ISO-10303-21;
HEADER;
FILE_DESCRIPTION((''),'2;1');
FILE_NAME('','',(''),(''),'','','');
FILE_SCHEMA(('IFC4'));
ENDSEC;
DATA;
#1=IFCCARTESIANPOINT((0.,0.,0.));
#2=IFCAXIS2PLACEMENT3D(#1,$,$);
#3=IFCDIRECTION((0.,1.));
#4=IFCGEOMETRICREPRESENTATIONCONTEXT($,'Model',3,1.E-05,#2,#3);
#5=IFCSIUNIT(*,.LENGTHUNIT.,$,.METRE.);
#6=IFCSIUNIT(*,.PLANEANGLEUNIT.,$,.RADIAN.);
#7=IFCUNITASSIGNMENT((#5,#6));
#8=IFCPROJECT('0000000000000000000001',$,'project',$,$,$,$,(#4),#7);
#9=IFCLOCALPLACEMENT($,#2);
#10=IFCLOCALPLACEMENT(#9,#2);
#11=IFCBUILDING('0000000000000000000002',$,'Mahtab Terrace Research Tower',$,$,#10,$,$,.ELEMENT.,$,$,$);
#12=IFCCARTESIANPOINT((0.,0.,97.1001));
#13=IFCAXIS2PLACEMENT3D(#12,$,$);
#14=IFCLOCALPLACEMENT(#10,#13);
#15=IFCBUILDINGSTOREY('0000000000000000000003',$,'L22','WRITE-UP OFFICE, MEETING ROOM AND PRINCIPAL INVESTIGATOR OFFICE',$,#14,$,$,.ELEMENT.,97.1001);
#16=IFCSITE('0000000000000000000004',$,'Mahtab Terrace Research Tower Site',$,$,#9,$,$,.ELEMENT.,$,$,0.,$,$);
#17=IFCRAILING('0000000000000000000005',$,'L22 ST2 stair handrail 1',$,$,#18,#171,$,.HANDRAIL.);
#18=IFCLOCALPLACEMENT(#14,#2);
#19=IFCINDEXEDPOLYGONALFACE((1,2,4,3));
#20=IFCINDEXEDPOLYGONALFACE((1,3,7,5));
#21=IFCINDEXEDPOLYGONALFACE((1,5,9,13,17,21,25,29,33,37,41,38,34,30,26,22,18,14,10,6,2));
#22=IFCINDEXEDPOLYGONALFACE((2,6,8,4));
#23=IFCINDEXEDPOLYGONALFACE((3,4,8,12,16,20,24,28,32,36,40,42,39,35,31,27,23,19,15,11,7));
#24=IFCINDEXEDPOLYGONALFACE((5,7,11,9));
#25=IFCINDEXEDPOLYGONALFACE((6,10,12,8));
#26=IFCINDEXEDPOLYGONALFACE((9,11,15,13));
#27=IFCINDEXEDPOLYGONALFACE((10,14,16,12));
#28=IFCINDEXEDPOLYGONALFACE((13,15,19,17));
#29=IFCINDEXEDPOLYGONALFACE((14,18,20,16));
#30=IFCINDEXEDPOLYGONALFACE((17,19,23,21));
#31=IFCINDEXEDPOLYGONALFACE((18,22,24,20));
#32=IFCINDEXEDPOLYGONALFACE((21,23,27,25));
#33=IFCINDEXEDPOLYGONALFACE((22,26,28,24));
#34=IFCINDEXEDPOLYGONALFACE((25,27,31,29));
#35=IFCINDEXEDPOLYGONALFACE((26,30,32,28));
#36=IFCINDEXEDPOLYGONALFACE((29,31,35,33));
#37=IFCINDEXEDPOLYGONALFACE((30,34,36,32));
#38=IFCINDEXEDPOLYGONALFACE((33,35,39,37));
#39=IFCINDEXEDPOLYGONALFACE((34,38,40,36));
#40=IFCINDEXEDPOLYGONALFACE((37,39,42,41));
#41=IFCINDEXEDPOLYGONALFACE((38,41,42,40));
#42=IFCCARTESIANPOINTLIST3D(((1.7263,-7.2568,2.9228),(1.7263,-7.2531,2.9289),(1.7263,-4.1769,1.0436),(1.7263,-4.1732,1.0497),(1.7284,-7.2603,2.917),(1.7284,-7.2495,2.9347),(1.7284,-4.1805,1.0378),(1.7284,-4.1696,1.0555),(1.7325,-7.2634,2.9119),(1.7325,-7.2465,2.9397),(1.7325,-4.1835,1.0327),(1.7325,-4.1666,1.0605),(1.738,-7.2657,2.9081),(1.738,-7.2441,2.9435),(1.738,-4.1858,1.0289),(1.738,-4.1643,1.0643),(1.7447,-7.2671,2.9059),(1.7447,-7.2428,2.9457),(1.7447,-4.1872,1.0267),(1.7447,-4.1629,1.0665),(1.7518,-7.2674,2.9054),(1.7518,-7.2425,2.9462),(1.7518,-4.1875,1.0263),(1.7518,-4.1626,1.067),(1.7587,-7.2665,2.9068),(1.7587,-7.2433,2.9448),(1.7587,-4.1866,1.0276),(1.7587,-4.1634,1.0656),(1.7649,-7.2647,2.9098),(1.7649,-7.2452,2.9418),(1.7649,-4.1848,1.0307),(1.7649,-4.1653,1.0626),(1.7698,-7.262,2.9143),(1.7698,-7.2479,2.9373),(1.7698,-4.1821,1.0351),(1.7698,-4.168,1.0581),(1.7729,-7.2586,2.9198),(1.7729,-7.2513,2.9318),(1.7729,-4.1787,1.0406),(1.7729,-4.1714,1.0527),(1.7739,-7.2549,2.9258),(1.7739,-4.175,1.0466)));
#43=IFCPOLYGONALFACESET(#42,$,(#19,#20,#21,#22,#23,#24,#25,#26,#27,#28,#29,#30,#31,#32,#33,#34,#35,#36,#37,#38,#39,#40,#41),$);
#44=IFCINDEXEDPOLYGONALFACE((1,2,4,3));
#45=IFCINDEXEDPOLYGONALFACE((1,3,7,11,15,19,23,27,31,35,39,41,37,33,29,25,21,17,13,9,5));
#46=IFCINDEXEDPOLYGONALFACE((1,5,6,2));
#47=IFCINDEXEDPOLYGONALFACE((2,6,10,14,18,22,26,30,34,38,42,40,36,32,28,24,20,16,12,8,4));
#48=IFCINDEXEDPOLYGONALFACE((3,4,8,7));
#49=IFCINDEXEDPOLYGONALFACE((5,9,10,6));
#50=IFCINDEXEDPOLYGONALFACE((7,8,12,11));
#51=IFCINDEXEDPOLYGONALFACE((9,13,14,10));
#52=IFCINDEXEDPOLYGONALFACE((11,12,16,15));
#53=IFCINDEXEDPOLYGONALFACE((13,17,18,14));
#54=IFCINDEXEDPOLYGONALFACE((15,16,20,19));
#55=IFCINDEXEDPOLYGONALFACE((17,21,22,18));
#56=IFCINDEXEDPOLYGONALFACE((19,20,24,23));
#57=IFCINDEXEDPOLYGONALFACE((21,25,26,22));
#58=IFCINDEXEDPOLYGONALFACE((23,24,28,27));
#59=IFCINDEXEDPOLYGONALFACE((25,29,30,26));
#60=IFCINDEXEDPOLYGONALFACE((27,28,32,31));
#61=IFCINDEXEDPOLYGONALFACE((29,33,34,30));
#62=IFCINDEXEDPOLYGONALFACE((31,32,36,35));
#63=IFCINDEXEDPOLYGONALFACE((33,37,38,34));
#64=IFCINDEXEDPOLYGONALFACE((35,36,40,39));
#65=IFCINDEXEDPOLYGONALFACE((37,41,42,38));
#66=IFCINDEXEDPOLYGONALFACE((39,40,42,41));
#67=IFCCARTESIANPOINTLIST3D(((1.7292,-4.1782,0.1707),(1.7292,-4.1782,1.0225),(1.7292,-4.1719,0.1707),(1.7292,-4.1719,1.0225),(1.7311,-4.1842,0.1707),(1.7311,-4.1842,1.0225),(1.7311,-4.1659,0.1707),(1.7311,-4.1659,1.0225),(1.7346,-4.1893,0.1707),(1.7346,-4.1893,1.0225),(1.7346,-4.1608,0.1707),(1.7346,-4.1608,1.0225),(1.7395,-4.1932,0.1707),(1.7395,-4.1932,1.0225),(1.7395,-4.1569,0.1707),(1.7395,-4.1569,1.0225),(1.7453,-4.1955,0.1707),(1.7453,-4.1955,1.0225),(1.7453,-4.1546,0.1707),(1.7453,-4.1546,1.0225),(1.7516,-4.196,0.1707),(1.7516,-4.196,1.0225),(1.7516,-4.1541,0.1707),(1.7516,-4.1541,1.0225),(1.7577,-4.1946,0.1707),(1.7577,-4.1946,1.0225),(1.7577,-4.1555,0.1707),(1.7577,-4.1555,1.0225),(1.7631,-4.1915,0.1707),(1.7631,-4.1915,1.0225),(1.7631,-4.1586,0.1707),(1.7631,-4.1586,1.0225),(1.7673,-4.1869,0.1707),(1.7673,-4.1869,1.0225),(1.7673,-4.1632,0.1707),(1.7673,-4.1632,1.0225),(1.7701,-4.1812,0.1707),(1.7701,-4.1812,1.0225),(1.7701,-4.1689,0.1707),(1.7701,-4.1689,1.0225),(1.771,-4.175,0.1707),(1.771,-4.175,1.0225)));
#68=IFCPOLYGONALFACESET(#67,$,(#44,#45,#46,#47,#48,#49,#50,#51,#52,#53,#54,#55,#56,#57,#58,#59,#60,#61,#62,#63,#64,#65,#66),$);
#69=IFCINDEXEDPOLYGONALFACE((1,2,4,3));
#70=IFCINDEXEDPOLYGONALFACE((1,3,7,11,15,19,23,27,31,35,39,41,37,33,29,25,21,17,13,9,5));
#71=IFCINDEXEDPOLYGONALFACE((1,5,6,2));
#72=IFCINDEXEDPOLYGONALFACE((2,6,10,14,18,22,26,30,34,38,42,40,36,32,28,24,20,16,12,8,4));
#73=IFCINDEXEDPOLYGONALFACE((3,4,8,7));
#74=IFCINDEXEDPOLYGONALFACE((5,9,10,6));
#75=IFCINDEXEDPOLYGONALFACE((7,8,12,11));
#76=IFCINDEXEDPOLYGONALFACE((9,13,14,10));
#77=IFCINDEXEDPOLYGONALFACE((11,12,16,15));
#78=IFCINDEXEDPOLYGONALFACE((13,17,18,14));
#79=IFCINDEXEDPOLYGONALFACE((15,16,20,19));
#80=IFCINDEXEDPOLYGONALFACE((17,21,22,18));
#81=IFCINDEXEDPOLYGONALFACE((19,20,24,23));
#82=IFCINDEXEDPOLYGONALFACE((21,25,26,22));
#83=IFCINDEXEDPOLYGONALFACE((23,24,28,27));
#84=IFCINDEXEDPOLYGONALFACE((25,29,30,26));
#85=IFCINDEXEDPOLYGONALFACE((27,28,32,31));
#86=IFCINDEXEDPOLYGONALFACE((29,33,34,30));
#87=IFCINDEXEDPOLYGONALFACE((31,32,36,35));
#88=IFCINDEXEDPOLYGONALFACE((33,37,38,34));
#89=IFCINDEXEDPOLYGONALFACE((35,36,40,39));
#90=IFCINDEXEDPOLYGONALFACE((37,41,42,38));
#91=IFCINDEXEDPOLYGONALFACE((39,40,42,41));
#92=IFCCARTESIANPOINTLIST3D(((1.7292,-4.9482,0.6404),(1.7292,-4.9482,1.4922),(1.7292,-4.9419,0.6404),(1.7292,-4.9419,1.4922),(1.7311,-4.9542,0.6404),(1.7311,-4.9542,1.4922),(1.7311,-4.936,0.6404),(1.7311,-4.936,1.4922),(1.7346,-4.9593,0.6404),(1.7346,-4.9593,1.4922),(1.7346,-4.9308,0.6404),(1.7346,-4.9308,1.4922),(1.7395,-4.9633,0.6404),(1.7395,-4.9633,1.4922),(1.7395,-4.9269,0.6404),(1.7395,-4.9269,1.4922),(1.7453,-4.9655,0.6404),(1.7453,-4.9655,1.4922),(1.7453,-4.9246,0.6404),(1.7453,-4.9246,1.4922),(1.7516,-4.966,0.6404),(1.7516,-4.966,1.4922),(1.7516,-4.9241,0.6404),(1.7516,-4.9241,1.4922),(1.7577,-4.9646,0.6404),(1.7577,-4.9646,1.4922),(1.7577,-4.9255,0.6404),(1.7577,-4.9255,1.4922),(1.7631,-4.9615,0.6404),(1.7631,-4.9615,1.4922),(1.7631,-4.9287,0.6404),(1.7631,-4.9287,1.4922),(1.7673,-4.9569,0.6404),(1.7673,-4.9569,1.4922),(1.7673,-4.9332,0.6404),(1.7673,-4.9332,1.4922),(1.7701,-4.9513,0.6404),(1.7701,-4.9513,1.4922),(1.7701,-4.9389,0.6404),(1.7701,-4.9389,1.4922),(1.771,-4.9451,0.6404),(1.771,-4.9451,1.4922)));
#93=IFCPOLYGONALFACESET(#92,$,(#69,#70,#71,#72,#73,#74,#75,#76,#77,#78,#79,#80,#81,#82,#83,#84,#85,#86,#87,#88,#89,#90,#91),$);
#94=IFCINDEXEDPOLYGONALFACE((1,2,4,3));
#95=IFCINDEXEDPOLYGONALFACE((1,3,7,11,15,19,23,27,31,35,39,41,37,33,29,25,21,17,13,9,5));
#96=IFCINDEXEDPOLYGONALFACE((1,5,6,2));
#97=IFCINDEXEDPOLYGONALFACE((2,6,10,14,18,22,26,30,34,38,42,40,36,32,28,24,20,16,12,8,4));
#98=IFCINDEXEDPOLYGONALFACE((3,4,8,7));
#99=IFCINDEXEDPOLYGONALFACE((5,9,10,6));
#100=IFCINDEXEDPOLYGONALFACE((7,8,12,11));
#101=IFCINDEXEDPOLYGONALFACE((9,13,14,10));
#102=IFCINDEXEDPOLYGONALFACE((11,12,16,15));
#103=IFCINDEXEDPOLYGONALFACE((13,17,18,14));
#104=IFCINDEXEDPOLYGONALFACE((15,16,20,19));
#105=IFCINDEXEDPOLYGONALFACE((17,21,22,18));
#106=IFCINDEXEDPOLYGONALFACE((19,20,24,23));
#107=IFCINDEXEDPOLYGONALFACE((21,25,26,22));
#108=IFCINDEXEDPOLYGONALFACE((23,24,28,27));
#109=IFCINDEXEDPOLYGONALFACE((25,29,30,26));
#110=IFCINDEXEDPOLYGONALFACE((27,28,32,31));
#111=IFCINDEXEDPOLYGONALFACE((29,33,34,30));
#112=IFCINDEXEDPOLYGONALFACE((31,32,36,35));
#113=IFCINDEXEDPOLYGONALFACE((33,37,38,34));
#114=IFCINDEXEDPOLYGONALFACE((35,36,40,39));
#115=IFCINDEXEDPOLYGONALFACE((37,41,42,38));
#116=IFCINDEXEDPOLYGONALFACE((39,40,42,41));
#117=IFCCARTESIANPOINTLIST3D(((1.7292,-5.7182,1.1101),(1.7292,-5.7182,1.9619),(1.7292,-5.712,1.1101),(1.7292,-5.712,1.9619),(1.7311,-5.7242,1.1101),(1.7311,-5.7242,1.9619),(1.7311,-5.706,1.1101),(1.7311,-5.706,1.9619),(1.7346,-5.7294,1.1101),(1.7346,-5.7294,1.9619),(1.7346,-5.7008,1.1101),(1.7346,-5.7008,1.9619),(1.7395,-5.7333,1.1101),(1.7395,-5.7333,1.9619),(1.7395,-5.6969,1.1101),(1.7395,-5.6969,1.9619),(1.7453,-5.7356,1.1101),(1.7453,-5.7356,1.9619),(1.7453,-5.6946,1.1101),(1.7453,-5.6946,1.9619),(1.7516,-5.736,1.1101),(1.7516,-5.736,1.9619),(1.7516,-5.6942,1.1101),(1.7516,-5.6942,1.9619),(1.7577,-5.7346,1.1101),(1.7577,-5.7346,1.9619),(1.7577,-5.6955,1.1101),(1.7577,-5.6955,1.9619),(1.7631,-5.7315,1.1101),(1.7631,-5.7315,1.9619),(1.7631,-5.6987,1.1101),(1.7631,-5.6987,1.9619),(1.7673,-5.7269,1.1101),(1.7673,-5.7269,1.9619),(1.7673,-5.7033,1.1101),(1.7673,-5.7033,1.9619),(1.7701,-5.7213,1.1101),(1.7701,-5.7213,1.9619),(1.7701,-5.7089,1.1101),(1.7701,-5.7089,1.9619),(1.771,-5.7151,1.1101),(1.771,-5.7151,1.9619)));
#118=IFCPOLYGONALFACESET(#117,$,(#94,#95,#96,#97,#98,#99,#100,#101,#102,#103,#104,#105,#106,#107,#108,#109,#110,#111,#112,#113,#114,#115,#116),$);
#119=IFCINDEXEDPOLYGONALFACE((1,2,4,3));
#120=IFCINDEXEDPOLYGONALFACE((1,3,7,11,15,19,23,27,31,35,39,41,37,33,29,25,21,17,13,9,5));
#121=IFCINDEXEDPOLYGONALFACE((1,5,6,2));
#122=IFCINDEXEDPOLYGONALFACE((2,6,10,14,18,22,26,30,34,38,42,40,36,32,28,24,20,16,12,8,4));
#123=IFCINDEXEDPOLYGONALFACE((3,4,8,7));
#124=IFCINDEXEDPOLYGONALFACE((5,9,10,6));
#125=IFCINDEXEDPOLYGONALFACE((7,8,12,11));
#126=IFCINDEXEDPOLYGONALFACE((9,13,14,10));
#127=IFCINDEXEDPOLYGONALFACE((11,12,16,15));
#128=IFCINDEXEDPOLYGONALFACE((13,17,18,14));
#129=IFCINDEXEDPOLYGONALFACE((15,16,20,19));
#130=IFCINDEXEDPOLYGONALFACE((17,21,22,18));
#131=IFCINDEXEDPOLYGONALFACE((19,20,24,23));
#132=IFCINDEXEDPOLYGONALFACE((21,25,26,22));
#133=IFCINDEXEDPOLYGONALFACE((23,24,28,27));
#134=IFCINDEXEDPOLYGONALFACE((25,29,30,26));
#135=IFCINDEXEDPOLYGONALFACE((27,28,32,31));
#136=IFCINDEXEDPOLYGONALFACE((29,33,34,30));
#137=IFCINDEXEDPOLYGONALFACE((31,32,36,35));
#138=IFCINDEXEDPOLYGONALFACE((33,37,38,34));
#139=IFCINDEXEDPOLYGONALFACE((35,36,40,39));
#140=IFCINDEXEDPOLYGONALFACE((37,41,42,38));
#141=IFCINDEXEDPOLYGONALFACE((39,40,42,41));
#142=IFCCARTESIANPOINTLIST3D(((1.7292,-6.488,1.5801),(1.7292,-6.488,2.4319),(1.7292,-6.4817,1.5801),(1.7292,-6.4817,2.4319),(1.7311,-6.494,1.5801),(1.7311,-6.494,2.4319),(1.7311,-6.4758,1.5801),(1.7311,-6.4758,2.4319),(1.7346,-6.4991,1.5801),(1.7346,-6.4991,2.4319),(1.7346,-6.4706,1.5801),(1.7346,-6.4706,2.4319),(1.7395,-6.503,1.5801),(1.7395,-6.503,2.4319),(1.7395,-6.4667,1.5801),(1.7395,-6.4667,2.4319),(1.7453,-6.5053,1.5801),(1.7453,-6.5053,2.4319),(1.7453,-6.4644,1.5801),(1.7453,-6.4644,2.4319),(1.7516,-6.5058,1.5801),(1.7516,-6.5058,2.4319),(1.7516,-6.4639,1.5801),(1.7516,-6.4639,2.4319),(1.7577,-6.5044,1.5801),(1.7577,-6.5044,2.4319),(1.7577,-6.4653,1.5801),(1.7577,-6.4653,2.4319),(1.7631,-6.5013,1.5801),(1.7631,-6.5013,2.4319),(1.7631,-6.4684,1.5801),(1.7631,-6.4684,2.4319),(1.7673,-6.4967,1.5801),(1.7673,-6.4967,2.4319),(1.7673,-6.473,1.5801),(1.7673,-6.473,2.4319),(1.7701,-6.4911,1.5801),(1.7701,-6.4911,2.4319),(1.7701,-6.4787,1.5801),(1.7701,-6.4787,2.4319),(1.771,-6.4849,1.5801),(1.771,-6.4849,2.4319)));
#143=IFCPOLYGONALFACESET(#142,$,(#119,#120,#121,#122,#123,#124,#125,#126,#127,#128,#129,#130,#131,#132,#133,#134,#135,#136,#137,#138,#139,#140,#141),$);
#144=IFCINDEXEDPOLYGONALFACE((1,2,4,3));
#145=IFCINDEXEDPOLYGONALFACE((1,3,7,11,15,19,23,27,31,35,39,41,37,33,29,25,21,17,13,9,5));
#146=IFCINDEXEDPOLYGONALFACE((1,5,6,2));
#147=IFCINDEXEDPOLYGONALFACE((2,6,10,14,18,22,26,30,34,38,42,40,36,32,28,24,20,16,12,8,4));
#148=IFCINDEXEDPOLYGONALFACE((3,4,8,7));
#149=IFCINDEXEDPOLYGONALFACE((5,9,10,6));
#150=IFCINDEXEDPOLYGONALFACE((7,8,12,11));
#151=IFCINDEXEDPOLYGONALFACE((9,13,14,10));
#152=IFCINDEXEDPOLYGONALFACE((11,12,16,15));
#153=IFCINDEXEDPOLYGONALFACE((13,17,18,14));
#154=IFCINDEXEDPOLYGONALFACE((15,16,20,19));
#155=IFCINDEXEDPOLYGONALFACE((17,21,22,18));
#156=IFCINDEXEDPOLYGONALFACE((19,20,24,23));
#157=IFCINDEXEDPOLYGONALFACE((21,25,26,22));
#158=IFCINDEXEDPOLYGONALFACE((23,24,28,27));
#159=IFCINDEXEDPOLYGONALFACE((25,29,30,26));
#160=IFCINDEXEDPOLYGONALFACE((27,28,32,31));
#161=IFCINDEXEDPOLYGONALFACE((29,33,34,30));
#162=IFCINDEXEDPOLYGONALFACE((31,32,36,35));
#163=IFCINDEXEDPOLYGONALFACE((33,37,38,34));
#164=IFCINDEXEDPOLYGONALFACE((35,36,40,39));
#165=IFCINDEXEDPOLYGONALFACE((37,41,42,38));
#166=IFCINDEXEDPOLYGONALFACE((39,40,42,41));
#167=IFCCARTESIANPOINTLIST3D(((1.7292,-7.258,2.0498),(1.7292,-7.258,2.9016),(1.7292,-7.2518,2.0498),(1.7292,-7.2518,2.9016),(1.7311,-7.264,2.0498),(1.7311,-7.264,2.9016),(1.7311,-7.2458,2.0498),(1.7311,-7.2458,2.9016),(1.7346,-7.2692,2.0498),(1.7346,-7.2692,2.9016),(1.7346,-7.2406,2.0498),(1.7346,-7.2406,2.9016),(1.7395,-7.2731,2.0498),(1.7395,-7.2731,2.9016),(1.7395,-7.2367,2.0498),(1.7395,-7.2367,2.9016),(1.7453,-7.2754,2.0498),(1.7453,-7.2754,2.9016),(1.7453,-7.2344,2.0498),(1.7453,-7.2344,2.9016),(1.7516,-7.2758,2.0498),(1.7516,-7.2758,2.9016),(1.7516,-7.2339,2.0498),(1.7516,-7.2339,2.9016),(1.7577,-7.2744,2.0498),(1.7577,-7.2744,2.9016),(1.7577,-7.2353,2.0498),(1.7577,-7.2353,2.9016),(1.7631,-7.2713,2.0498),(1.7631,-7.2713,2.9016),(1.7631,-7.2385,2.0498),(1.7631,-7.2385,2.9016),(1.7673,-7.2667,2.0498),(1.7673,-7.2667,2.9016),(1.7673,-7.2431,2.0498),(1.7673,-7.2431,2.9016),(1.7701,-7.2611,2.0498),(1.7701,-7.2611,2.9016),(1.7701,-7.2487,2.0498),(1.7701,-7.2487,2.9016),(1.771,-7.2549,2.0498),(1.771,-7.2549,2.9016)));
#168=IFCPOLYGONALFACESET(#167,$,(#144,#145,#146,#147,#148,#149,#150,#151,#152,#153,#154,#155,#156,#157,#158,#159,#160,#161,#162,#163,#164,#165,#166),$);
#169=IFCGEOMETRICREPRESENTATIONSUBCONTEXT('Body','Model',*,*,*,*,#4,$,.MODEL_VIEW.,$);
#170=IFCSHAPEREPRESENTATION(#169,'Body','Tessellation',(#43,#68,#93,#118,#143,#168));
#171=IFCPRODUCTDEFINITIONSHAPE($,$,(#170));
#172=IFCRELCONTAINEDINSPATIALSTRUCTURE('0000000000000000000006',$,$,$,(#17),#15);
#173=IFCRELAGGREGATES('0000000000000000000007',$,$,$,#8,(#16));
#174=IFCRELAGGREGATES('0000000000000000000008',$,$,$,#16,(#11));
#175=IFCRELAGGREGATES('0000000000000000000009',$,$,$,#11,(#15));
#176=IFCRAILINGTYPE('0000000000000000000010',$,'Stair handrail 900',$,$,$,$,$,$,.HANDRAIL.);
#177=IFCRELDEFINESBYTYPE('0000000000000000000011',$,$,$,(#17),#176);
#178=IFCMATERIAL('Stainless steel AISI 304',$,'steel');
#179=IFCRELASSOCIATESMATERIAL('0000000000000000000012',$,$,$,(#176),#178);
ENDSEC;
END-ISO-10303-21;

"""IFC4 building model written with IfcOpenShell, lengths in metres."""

from ifc_helpers import new_model, si_unit, direction, frame, origin, origin_2d, place, context, subcontext, project, spatial, circle, extrude, material, type_object, element, save


model = new_model("IFC4")

# Units and contexts
model_context = context("Model", 3, precision=1e-05, world=origin(), true_north=direction((0.0, 1.0)))
body_context = subcontext(model_context, "Body", "Model", "MODEL_VIEW")
ifc_project = project(units=[si_unit("LENGTHUNIT", "METRE"), si_unit("PLANEANGLEUNIT", "RADIAN")], contexts=[model_context])

# Site, building, storey
site_placement = place(None, origin())
site = spatial("IfcSite", under=ifc_project, at=site_placement, Name="Mahtab Terrace Research Tower Site", CompositionType="ELEMENT", RefElevation=0.0)
building_placement = place(site_placement, origin())
building = spatial("IfcBuilding", under=site, at=building_placement, Name="Mahtab Terrace Research Tower", CompositionType="ELEMENT")
storey_placement = place(building_placement, frame((0.0, 0.0, 97.1001)))
storey = spatial("IfcBuildingStorey", under=building, at=storey_placement, Name="L22", Description="WRITE-UP OFFICE, MEETING ROOM AND PRINCIPAL INVESTIGATOR OFFICE", CompositionType="ELEMENT", Elevation=97.1001)

# Railing
ifc_material_1 = material(Name="Stainless steel AISI 304", Category="steel")
railing_type_1 = type_object("IfcRailingType", Name="Stair handrail 900", PredefinedType="HANDRAIL", material=ifc_material_1)
railing_1_placement = place(storey_placement, frame((1.75, -4.175, 0.1707)))
element("IfcRailing", 1, at=railing_1_placement, inside=storey, type_object=railing_type_1, Name="L22 ST2 stair handrail 1", PredefinedType="HANDRAIL", context=body_context, shape_type="SweptSolid", body=[
    extrude(circle(Radius=0.0239, at=origin_2d()), frame((0.0, 0.0, 0.876), z_axis=(0.0, -0.853648, 0.52085), x_axis=(1.0, 0.0, 0.0)), (0.0, 0.0, 1.0), 3.6079),
    extrude(circle(Radius=0.021, at=origin_2d()), origin(), (0.0, 0.0, 1.0), 0.8518),
    extrude(circle(Radius=0.021, at=origin_2d()), frame((0.0, -0.77, 0.4697)), (0.0, 0.0, 1.0), 0.8518),
    extrude(circle(Radius=0.021, at=origin_2d()), frame((0.0, -1.54, 0.9395)), (0.0, 0.0, 1.0), 0.8518),
    extrude(circle(Radius=0.021, at=origin_2d()), frame((0.0, -2.3098, 1.4094)), (0.0, 0.0, 1.0), 0.8518),
    extrude(circle(Radius=0.021, at=origin_2d()), frame((0.0, -3.0798, 1.8792)), (0.0, 0.0, 1.0), 0.8518),
])

save(model, "model.ifc")
